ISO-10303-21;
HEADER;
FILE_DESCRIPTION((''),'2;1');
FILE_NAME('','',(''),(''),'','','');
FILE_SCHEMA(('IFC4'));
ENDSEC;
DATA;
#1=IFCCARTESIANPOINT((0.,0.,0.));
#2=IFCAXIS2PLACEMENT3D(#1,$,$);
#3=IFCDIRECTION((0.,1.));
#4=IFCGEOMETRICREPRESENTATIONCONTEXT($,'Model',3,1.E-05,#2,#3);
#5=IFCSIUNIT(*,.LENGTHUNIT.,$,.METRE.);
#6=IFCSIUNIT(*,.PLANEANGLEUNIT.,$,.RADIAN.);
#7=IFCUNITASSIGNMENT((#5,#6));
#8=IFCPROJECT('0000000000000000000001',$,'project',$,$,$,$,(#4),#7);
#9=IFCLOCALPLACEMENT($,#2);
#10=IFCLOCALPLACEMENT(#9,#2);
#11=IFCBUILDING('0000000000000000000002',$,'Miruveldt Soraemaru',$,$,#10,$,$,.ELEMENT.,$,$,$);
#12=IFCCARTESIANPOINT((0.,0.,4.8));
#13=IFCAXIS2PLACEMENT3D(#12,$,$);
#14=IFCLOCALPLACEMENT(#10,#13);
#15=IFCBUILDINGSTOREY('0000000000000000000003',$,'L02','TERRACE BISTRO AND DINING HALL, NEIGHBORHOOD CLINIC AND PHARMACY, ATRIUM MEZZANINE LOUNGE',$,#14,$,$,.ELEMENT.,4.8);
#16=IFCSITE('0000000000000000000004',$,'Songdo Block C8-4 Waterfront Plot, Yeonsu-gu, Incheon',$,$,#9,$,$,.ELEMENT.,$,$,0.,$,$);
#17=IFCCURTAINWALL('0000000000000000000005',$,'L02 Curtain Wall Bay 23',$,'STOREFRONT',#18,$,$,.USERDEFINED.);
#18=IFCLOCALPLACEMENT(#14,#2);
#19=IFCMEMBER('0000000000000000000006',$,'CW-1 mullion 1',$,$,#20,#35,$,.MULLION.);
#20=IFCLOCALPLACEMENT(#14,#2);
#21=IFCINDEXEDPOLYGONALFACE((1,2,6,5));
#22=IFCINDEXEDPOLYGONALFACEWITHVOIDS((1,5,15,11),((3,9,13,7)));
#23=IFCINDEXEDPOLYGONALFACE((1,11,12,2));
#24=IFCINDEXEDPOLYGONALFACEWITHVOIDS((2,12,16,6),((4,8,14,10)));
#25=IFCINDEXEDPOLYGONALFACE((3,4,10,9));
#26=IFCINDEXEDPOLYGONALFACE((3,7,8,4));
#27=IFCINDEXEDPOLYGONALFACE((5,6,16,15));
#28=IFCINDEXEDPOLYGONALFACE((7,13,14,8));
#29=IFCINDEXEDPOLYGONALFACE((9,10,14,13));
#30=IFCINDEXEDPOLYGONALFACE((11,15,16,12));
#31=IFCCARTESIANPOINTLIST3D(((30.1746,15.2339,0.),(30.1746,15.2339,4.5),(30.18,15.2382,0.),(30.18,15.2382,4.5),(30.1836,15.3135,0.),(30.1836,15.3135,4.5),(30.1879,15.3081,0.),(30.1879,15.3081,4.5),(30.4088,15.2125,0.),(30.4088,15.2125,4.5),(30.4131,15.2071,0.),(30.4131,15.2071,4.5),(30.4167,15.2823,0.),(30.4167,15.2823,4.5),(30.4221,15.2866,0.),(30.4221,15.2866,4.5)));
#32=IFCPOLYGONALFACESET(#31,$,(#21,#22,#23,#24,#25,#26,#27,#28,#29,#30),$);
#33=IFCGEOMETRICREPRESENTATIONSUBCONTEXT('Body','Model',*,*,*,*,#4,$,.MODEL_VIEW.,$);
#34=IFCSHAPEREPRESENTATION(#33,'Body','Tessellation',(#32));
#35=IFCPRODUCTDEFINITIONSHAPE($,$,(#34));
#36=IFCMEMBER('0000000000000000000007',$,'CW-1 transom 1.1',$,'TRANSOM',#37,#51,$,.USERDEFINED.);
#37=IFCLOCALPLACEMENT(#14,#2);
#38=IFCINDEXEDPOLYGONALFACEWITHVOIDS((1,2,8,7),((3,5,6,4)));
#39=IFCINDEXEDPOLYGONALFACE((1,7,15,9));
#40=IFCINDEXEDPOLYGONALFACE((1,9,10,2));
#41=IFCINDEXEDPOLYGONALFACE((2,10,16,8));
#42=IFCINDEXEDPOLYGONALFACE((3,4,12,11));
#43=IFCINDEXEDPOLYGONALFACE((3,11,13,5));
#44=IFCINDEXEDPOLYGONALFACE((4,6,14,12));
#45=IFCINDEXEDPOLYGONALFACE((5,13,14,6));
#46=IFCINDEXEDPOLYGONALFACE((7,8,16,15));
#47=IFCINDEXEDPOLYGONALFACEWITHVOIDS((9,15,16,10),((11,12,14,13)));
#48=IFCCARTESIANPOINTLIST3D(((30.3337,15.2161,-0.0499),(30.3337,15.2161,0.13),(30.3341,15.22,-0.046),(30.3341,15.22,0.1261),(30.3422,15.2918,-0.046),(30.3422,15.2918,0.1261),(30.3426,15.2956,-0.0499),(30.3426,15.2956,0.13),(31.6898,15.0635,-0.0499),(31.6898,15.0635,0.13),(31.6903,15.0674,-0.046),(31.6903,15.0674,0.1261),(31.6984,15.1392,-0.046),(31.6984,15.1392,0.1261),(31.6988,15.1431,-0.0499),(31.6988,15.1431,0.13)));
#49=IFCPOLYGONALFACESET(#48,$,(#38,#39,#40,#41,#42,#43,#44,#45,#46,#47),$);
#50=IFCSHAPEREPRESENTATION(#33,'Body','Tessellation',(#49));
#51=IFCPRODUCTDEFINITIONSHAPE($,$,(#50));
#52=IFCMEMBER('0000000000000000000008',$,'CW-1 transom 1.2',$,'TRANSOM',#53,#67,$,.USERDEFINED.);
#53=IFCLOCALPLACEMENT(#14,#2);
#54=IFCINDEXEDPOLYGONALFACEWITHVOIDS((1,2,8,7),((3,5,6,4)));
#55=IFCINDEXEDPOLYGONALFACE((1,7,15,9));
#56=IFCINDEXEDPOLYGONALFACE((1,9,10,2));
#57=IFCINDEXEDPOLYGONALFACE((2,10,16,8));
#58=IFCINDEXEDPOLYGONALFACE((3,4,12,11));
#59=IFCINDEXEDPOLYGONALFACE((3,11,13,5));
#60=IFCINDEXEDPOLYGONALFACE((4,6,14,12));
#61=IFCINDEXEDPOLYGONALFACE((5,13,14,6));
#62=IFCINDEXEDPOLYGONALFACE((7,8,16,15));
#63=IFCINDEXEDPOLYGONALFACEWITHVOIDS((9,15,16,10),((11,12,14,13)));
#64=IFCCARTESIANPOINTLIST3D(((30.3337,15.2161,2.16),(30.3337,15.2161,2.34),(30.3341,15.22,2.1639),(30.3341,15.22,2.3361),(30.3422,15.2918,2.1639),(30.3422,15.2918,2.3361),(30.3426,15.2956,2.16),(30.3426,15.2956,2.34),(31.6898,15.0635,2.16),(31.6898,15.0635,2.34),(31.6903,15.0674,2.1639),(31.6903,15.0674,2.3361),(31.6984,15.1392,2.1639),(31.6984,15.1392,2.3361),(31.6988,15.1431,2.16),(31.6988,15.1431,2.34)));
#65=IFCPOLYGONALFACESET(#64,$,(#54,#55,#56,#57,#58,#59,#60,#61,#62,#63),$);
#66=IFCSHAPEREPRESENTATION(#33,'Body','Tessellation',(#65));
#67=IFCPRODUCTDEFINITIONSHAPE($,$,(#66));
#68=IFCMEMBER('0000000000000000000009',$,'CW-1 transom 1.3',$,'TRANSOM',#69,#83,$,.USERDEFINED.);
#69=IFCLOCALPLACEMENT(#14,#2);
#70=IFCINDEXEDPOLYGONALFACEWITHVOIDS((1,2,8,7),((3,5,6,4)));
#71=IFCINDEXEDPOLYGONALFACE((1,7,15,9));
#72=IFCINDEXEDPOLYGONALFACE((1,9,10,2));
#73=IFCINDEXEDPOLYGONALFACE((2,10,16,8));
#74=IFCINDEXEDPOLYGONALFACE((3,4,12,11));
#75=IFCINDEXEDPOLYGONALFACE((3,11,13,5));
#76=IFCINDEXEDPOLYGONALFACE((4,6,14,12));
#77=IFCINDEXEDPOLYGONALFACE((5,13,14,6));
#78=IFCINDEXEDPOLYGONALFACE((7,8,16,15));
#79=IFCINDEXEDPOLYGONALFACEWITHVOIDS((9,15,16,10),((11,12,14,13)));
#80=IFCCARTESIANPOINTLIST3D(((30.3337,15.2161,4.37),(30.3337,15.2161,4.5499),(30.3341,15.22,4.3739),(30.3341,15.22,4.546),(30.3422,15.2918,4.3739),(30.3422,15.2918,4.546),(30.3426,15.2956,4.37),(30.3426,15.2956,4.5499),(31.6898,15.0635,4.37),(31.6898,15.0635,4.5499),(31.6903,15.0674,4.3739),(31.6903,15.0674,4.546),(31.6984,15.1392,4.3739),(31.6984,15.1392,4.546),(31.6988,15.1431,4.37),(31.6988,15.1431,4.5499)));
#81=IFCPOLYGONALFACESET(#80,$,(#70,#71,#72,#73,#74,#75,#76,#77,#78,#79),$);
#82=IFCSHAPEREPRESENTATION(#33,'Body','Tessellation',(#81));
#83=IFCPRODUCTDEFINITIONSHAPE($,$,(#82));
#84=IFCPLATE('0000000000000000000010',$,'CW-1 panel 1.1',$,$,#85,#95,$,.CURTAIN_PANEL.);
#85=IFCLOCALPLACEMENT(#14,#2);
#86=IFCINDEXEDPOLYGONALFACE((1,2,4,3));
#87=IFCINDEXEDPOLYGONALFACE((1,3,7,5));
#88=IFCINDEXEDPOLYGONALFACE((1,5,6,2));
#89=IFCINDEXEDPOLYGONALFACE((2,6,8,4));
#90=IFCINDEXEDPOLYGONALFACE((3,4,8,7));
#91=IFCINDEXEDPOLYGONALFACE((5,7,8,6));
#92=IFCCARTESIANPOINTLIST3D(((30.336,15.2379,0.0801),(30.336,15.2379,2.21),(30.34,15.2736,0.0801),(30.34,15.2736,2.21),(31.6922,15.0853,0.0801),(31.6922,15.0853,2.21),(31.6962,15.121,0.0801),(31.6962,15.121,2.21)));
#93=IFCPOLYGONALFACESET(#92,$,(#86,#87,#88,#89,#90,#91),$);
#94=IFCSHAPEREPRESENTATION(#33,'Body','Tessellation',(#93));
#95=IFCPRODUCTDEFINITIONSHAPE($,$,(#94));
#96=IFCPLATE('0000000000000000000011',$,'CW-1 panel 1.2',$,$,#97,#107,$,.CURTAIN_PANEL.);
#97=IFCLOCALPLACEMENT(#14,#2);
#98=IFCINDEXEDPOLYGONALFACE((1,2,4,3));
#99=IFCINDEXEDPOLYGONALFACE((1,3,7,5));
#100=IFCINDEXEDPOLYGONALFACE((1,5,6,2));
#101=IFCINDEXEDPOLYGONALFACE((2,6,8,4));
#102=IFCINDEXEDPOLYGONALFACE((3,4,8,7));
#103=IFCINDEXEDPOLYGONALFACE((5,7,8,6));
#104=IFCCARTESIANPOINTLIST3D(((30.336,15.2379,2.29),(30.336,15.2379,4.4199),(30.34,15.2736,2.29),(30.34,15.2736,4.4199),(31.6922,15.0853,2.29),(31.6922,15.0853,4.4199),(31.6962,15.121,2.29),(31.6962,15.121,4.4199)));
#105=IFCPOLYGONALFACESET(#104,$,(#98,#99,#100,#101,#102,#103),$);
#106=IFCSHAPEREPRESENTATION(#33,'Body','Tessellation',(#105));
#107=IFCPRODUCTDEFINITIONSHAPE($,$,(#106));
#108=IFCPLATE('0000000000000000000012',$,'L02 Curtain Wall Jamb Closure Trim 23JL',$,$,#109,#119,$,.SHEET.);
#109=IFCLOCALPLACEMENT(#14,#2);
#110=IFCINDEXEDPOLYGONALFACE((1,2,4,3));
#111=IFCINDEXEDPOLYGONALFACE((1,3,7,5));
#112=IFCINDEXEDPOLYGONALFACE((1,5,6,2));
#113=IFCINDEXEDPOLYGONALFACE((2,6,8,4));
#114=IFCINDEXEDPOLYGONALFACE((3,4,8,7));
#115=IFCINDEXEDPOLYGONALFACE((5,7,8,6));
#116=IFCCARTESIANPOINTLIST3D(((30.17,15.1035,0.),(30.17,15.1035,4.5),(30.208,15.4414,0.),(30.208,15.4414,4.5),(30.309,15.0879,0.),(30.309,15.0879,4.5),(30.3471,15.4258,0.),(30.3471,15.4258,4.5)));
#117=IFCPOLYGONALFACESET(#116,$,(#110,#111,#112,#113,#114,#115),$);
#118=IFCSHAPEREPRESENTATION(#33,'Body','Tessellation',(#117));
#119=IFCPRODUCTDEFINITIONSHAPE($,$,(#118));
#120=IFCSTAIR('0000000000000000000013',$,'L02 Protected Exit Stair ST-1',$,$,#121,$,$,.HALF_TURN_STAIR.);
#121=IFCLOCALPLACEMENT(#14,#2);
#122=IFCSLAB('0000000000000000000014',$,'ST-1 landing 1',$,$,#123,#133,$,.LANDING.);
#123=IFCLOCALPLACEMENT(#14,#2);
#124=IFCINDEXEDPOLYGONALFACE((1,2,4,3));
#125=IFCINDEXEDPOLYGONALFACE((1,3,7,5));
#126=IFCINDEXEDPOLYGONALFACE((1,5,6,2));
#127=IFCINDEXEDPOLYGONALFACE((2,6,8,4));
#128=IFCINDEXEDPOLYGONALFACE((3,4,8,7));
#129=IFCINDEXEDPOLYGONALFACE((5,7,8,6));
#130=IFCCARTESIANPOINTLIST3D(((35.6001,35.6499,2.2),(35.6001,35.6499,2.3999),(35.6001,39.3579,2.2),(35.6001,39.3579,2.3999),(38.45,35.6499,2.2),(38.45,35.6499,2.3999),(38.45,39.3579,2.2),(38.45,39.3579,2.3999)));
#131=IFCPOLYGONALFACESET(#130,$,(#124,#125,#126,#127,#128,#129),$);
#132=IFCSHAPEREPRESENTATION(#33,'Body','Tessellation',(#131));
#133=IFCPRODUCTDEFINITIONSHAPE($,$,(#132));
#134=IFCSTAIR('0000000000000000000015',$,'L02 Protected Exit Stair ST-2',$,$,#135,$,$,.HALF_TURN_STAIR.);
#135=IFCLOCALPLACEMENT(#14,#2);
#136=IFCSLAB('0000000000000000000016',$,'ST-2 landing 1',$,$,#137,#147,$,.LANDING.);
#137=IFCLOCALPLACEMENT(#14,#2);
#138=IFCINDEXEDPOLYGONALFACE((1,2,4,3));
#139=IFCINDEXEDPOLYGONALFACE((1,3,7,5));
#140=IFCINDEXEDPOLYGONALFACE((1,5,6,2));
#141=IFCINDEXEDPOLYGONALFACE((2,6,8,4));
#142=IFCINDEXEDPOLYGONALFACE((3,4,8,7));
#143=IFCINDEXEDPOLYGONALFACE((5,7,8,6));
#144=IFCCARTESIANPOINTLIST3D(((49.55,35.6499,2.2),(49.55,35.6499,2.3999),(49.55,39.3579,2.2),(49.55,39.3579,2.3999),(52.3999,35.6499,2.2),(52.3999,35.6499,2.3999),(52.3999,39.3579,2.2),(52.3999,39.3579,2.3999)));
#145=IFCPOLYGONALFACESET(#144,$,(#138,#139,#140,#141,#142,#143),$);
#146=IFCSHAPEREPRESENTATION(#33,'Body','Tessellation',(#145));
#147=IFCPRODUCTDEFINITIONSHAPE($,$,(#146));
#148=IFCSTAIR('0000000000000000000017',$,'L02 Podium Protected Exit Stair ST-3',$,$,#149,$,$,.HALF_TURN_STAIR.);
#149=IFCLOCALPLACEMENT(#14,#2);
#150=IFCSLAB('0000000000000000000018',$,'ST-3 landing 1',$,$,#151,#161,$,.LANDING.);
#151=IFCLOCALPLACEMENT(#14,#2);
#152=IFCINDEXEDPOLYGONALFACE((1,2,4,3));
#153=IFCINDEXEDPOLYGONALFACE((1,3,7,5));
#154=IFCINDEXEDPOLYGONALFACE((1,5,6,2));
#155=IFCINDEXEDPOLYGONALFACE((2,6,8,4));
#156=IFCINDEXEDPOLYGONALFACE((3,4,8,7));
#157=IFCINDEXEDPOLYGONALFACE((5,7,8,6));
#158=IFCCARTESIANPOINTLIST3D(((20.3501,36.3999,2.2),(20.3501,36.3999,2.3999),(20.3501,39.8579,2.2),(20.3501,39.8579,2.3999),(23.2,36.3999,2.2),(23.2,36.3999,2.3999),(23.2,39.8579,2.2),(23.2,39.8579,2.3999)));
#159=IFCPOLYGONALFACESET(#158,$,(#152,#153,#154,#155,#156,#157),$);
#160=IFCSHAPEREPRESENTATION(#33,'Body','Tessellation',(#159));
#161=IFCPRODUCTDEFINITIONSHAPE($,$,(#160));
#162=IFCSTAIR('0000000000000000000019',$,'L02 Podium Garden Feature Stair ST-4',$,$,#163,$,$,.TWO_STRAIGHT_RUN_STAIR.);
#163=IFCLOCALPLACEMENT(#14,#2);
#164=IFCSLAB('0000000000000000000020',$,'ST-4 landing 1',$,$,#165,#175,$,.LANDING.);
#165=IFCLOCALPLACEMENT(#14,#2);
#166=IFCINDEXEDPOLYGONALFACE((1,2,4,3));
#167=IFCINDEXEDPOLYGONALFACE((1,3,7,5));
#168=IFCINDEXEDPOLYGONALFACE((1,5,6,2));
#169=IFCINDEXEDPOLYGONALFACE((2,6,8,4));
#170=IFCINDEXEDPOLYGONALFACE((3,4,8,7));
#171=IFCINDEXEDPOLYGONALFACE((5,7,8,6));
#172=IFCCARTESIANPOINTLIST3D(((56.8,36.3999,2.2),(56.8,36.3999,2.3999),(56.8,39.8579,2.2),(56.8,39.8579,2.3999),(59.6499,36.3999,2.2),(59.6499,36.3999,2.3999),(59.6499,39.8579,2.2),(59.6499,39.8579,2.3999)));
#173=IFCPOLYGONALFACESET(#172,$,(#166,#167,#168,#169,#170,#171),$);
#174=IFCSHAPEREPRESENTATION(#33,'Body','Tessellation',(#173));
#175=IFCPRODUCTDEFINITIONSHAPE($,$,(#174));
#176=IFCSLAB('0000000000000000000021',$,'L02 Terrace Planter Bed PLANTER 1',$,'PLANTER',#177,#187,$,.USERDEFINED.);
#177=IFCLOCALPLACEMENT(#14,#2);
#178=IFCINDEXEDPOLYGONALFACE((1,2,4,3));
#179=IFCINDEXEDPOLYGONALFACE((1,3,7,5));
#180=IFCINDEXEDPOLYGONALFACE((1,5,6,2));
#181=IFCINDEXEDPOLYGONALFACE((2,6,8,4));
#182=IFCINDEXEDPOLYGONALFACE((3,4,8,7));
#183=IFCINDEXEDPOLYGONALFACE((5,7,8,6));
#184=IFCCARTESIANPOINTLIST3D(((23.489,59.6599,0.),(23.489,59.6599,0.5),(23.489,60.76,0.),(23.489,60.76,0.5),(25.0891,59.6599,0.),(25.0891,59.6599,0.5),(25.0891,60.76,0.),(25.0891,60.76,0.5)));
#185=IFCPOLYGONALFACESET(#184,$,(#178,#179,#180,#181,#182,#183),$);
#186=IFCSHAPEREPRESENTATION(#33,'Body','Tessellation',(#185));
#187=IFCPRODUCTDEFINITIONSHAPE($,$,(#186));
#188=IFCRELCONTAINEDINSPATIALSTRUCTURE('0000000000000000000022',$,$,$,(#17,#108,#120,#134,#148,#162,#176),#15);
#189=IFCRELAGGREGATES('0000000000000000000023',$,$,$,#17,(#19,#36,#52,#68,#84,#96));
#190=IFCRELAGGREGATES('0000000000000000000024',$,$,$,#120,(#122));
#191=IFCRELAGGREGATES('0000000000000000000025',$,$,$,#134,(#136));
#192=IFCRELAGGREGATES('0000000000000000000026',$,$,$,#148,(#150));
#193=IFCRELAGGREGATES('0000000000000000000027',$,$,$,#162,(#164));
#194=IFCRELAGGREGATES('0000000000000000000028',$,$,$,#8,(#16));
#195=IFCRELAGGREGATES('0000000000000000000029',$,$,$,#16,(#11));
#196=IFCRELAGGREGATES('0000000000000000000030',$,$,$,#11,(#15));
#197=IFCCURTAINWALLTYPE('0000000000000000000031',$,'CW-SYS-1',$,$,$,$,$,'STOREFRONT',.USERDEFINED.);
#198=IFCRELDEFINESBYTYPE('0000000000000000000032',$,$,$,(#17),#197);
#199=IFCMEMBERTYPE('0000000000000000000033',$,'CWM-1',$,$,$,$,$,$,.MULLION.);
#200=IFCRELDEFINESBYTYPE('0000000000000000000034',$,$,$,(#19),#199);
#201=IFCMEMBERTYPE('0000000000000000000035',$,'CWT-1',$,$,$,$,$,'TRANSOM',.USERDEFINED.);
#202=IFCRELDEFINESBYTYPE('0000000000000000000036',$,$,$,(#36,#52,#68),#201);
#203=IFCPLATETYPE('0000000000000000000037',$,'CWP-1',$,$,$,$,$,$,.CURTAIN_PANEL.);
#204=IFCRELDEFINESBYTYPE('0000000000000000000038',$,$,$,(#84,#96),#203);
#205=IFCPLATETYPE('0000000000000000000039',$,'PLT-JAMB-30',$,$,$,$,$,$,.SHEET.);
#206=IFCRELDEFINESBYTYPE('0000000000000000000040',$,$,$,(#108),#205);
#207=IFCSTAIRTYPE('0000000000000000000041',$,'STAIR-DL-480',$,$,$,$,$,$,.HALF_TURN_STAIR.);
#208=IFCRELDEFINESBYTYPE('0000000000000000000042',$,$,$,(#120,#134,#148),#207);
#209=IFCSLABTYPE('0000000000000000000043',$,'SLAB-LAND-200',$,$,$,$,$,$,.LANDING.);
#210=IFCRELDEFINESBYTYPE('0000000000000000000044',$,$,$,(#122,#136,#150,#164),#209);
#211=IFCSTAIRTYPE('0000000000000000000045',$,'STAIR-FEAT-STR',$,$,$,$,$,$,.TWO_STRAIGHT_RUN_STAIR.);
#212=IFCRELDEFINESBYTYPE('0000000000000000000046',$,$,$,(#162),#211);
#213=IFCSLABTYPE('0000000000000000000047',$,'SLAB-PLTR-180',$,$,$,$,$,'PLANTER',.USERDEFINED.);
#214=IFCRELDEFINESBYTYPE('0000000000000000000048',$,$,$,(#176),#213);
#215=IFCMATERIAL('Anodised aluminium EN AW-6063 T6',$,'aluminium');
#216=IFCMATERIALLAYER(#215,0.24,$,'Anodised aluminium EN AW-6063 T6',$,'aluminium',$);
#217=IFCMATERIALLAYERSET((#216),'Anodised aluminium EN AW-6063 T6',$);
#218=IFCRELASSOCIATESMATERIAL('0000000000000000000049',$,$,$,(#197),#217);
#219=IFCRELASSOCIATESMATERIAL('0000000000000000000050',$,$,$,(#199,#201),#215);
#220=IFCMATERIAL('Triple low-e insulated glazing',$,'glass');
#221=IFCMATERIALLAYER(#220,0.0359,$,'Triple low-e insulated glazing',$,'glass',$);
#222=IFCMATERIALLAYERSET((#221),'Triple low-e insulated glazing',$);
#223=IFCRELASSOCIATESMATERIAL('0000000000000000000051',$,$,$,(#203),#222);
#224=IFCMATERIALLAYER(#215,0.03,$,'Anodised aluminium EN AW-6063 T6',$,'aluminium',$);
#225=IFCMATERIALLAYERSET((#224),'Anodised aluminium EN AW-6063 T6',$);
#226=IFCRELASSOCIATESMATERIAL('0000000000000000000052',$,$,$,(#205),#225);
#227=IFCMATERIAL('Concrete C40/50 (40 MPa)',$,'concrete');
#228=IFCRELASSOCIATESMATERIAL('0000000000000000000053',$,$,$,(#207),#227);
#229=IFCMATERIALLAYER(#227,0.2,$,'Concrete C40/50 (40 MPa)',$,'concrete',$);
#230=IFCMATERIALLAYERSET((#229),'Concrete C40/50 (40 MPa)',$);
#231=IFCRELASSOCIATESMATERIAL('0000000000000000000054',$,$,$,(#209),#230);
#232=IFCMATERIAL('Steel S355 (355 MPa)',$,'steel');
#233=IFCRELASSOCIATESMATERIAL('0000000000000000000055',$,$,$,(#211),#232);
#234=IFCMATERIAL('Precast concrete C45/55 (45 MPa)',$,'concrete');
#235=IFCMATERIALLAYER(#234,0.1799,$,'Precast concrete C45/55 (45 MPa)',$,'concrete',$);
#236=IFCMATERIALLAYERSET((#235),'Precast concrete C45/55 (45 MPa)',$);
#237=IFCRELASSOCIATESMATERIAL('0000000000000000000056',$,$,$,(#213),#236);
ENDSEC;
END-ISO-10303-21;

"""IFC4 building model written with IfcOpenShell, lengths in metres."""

from ifc_helpers import new_model, si_unit, direction, frame, origin, origin_2d, place, context, subcontext, project, spatial, polyline, rectangle, hollow_rectangle, outline, extrude, material, layer, layer_set, material_profile, profile_set, type_object, element, aggregate, save


model = new_model("IFC4")

# Units and contexts
model_context = context("Model", 3, precision=1e-05, world=origin(), true_north=direction((0.0, 1.0)))
body_context = subcontext(model_context, "Body", "Model", "MODEL_VIEW")
ifc_project = project(units=[si_unit("LENGTHUNIT", "METRE"), si_unit("PLANEANGLEUNIT", "RADIAN")], contexts=[model_context])

# Site, building, storey
site_placement = place(None, origin())
site = spatial("IfcSite", under=ifc_project, at=site_placement, Name="Songdo Block C8-4 Waterfront Plot, Yeonsu-gu, Incheon", CompositionType="ELEMENT", RefElevation=0.0)
building_placement = place(site_placement, origin())
building = spatial("IfcBuilding", under=site, at=building_placement, Name="Miruveldt Soraemaru", CompositionType="ELEMENT")
storey_placement = place(building_placement, frame((0.0, 0.0, 4.8)))
storey = spatial("IfcBuildingStorey", under=building, at=storey_placement, Name="L02", Description="TERRACE BISTRO AND DINING HALL, NEIGHBORHOOD CLINIC AND PHARMACY, ATRIUM MEZZANINE LOUNGE", CompositionType="ELEMENT", Elevation=4.8)

# Curtain wall, members, plates
ifc_material_1 = material(Name="Anodised aluminium EN AW-6063 T6", Category="aluminium")
ifc_layer_1 = layer(ifc_material_1, 0.24, Name="Anodised aluminium EN AW-6063 T6", Category="aluminium")
ifc_layer_set_1 = layer_set([ifc_layer_1], Name="Anodised aluminium EN AW-6063 T6")
curtain_wall_type = type_object("IfcCurtainWallType", Name="CW-SYS-1", ElementType="STOREFRONT", PredefinedType="USERDEFINED", material=ifc_layer_set_1)
curtain_wall_placement = place(storey_placement, origin())
curtain_wall = element("IfcCurtainWall", 1, at=curtain_wall_placement, inside=storey, type_object=curtain_wall_type, Name="L02 Curtain Wall Bay 23", ObjectType="STOREFRONT", PredefinedType="USERDEFINED")
ifc_material_profile_1 = material_profile(ifc_material_1, hollow_rectangle(XDim=0.0801, YDim=0.24, WallThickness=0.0049, at=origin_2d()), Name="Anodised aluminium EN AW-6063 T6", Category="aluminium")
ifc_profile_set_1 = profile_set([ifc_material_profile_1], Name="Anodised aluminium EN AW-6063 T6")
member_type_1 = type_object("IfcMemberType", Name="CWM-1", PredefinedType="MULLION", material=ifc_profile_set_1)
member_1_placement = place(storey_placement, frame((30.2983, 15.2603, 0.0), z_axis=(0.0, 0.0, 1.0), x_axis=(0.111786, 0.993732, 0.0)))
member_1 = element("IfcMember", 2, at=member_1_placement, type_object=member_type_1, Name="CW-1 mullion 1", PredefinedType="MULLION", context=body_context, shape_type="SweptSolid", body=[
    extrude(hollow_rectangle(XDim=0.0801, YDim=0.24, WallThickness=0.0049, at=origin_2d()), origin(), (0.0, 0.0, 1.0), 4.5),
])
ifc_material_profile_2 = material_profile(ifc_material_1, hollow_rectangle(XDim=0.0801, YDim=0.1799, WallThickness=0.0039, at=origin_2d()), Name="Anodised aluminium EN AW-6063 T6", Category="aluminium")
ifc_profile_set_2 = profile_set([ifc_material_profile_2], Name="Anodised aluminium EN AW-6063 T6")
member_type_2 = type_object("IfcMemberType", Name="CWT-1", ElementType="TRANSOM", PredefinedType="USERDEFINED", material=ifc_profile_set_2)
member_2_placement = place(storey_placement, frame((30.3381, 15.2559, 0.04), z_axis=(0.99373, -0.111806, 0.0), x_axis=(0.111806, 0.99373, 0.0)))
member_2 = element("IfcMember", 3, at=member_2_placement, type_object=member_type_2, Name="CW-1 transom 1.1", ObjectType="TRANSOM", PredefinedType="USERDEFINED", context=body_context, shape_type="SweptSolid", body=[
    extrude(hollow_rectangle(XDim=0.0801, YDim=0.1799, WallThickness=0.0039, at=origin_2d()), origin(), (0.0, 0.0, 1.0), 1.3647),
])
member_3_placement = place(storey_placement, frame((30.3381, 15.2559, 2.25), z_axis=(0.99373, -0.111806, 0.0), x_axis=(0.111806, 0.99373, 0.0)))
member_3 = element("IfcMember", 4, at=member_3_placement, type_object=member_type_2, Name="CW-1 transom 1.2", ObjectType="TRANSOM", PredefinedType="USERDEFINED", context=body_context, shape_type="SweptSolid", body=[
    extrude(hollow_rectangle(XDim=0.0801, YDim=0.1799, WallThickness=0.0039, at=origin_2d()), origin(), (0.0, 0.0, 1.0), 1.3647),
])
member_4_placement = place(storey_placement, frame((30.3381, 15.2559, 4.46), z_axis=(0.99373, -0.111806, 0.0), x_axis=(0.111806, 0.99373, 0.0)))
member_4 = element("IfcMember", 5, at=member_4_placement, type_object=member_type_2, Name="CW-1 transom 1.3", ObjectType="TRANSOM", PredefinedType="USERDEFINED", context=body_context, shape_type="SweptSolid", body=[
    extrude(hollow_rectangle(XDim=0.0801, YDim=0.1799, WallThickness=0.0039, at=origin_2d()), origin(), (0.0, 0.0, 1.0), 1.3647),
])
ifc_material_2 = material(Name="Triple low-e insulated glazing", Category="glass")
ifc_layer_2 = layer(ifc_material_2, 0.0359, Name="Triple low-e insulated glazing", Category="glass")
ifc_layer_set_2 = layer_set([ifc_layer_2], Name="Triple low-e insulated glazing")
plate_type_1 = type_object("IfcPlateType", Name="CWP-1", PredefinedType="CURTAIN_PANEL", material=ifc_layer_set_2)
plate_1_placement = place(storey_placement, frame((31.0161, 15.1794, 0.0801), z_axis=(0.0, 0.0, 1.0), x_axis=(0.993732, -0.111786, 0.0)))
plate_1 = element("IfcPlate", 6, at=plate_1_placement, type_object=plate_type_1, Name="CW-1 panel 1.1", PredefinedType="CURTAIN_PANEL", context=body_context, shape_type="SweptSolid", body=[
    extrude(rectangle(XDim=1.3647, YDim=0.0359, at=origin_2d()), origin(), (0.0, 0.0, 1.0), 2.1299),
])
plate_2_placement = place(storey_placement, frame((31.0161, 15.1794, 2.29), z_axis=(0.0, 0.0, 1.0), x_axis=(0.993732, -0.111786, 0.0)))
plate_2 = element("IfcPlate", 7, at=plate_2_placement, type_object=plate_type_1, Name="CW-1 panel 1.2", PredefinedType="CURTAIN_PANEL", context=body_context, shape_type="SweptSolid", body=[
    extrude(rectangle(XDim=1.3647, YDim=0.0359, at=origin_2d()), origin(), (0.0, 0.0, 1.0), 2.1299),
])
aggregate(curtain_wall, [member_1, member_2, member_3, member_4, plate_1, plate_2])

# Plate
ifc_layer_3 = layer(ifc_material_1, 0.03, Name="Anodised aluminium EN AW-6063 T6", Category="aluminium")
ifc_layer_set_3 = layer_set([ifc_layer_3], Name="Anodised aluminium EN AW-6063 T6")
plate_type_2 = type_object("IfcPlateType", Name="PLT-JAMB-30", PredefinedType="SHEET", material=ifc_layer_set_3)
plate_3_placement = place(storey_placement, frame((30.2585, 15.2646, 0.0), z_axis=(0.0, 0.0, 1.0), x_axis=(0.993731, -0.111798, 0.0)))
element("IfcPlate", 8, at=plate_3_placement, inside=storey, type_object=plate_type_2, Name="L02 Curtain Wall Jamb Closure Trim 23JL", PredefinedType="SHEET", context=body_context, shape_type="SweptSolid", body=[
    extrude(rectangle(XDim=0.1399, YDim=0.3401, at=origin_2d()), origin(), (0.0, 0.0, 1.0), 4.5),
])

# Stairs, slabs
ifc_material_3 = material(Name="Concrete C40/50 (40 MPa)", Category="concrete")
stair_type_1 = type_object("IfcStairType", Name="STAIR-DL-480", PredefinedType="HALF_TURN_STAIR", material=ifc_material_3)
stair_1_placement = place(storey_placement, origin())
stair_1 = element("IfcStair", 9, at=stair_1_placement, inside=storey, type_object=stair_type_1, Name="L02 Protected Exit Stair ST-1", PredefinedType="HALF_TURN_STAIR")
ifc_layer_4 = layer(ifc_material_3, 0.2, Name="Concrete C40/50 (40 MPa)", Category="concrete")
ifc_layer_set_4 = layer_set([ifc_layer_4], Name="Concrete C40/50 (40 MPa)")
slab_type_1 = type_object("IfcSlabType", Name="SLAB-LAND-200", PredefinedType="LANDING", material=ifc_layer_set_4)
slab_1_placement = place(storey_placement, frame((0.0, 0.0, 2.2)))
slab_1 = element("IfcSlab", 10, at=slab_1_placement, type_object=slab_type_1, Name="ST-1 landing 1", PredefinedType="LANDING", context=body_context, shape_type="SweptSolid", body=[
    extrude(outline(polyline([(35.6001, 39.3579), (35.6001, 35.6499), (38.45, 35.6499), (38.45, 39.3579), (35.6001, 39.3579)])), origin(), (0.0, 0.0, 1.0), 0.2),
])
aggregate(stair_1, [slab_1])
stair_2_placement = place(storey_placement, origin())
stair_2 = element("IfcStair", 11, at=stair_2_placement, inside=storey, type_object=stair_type_1, Name="L02 Protected Exit Stair ST-2", PredefinedType="HALF_TURN_STAIR")
slab_2_placement = place(storey_placement, frame((0.0, 0.0, 2.2)))
slab_2 = element("IfcSlab", 12, at=slab_2_placement, type_object=slab_type_1, Name="ST-2 landing 1", PredefinedType="LANDING", context=body_context, shape_type="SweptSolid", body=[
    extrude(outline(polyline([(49.55, 39.3579), (49.55, 35.6499), (52.3999, 35.6499), (52.3999, 39.3579), (49.55, 39.3579)])), origin(), (0.0, 0.0, 1.0), 0.2),
])
aggregate(stair_2, [slab_2])
stair_3_placement = place(storey_placement, origin())
stair_3 = element("IfcStair", 13, at=stair_3_placement, inside=storey, type_object=stair_type_1, Name="L02 Podium Protected Exit Stair ST-3", PredefinedType="HALF_TURN_STAIR")
slab_3_placement = place(storey_placement, frame((0.0, 0.0, 2.2)))
slab_3 = element("IfcSlab", 14, at=slab_3_placement, type_object=slab_type_1, Name="ST-3 landing 1", PredefinedType="LANDING", context=body_context, shape_type="SweptSolid", body=[
    extrude(outline(polyline([(20.3501, 39.8579), (20.3501, 36.3999), (23.2, 36.3999), (23.2, 39.8579), (20.3501, 39.8579)])), origin(), (0.0, 0.0, 1.0), 0.2),
])
aggregate(stair_3, [slab_3])
ifc_material_4 = material(Name="Steel S355 (355 MPa)", Category="steel")
stair_type_2 = type_object("IfcStairType", Name="STAIR-FEAT-STR", PredefinedType="TWO_STRAIGHT_RUN_STAIR", material=ifc_material_4)
stair_4_placement = place(storey_placement, origin())
stair_4 = element("IfcStair", 15, at=stair_4_placement, inside=storey, type_object=stair_type_2, Name="L02 Podium Garden Feature Stair ST-4", PredefinedType="TWO_STRAIGHT_RUN_STAIR")
slab_4_placement = place(storey_placement, frame((0.0, 0.0, 2.2)))
slab_4 = element("IfcSlab", 16, at=slab_4_placement, type_object=slab_type_1, Name="ST-4 landing 1", PredefinedType="LANDING", context=body_context, shape_type="SweptSolid", body=[
    extrude(outline(polyline([(56.8, 39.8579), (56.8, 36.3999), (59.6499, 36.3999), (59.6499, 39.8579), (56.8, 39.8579)])), origin(), (0.0, 0.0, 1.0), 0.2),
])
aggregate(stair_4, [slab_4])

# Slab
ifc_material_5 = material(Name="Precast concrete C45/55 (45 MPa)", Category="concrete")
ifc_layer_5 = layer(ifc_material_5, 0.1799, Name="Precast concrete C45/55 (45 MPa)", Category="concrete")
ifc_layer_set_5 = layer_set([ifc_layer_5], Name="Precast concrete C45/55 (45 MPa)")
slab_type_2 = type_object("IfcSlabType", Name="SLAB-PLTR-180", ElementType="PLANTER", PredefinedType="USERDEFINED", material=ifc_layer_set_5)
slab_5_placement = place(storey_placement, origin())
element("IfcSlab", 17, at=slab_5_placement, inside=storey, type_object=slab_type_2, Name="L02 Terrace Planter Bed PLANTER 1", ObjectType="PLANTER", PredefinedType="USERDEFINED", context=body_context, shape_type="SweptSolid", body=[
    extrude(outline(polyline([(23.489, 59.6599), (25.0891, 59.6599), (25.0891, 60.76), (23.489, 60.76), (23.489, 59.6599)])), origin(), (0.0, 0.0, 1.0), 0.5),
])

save(model, "model.ifc")
